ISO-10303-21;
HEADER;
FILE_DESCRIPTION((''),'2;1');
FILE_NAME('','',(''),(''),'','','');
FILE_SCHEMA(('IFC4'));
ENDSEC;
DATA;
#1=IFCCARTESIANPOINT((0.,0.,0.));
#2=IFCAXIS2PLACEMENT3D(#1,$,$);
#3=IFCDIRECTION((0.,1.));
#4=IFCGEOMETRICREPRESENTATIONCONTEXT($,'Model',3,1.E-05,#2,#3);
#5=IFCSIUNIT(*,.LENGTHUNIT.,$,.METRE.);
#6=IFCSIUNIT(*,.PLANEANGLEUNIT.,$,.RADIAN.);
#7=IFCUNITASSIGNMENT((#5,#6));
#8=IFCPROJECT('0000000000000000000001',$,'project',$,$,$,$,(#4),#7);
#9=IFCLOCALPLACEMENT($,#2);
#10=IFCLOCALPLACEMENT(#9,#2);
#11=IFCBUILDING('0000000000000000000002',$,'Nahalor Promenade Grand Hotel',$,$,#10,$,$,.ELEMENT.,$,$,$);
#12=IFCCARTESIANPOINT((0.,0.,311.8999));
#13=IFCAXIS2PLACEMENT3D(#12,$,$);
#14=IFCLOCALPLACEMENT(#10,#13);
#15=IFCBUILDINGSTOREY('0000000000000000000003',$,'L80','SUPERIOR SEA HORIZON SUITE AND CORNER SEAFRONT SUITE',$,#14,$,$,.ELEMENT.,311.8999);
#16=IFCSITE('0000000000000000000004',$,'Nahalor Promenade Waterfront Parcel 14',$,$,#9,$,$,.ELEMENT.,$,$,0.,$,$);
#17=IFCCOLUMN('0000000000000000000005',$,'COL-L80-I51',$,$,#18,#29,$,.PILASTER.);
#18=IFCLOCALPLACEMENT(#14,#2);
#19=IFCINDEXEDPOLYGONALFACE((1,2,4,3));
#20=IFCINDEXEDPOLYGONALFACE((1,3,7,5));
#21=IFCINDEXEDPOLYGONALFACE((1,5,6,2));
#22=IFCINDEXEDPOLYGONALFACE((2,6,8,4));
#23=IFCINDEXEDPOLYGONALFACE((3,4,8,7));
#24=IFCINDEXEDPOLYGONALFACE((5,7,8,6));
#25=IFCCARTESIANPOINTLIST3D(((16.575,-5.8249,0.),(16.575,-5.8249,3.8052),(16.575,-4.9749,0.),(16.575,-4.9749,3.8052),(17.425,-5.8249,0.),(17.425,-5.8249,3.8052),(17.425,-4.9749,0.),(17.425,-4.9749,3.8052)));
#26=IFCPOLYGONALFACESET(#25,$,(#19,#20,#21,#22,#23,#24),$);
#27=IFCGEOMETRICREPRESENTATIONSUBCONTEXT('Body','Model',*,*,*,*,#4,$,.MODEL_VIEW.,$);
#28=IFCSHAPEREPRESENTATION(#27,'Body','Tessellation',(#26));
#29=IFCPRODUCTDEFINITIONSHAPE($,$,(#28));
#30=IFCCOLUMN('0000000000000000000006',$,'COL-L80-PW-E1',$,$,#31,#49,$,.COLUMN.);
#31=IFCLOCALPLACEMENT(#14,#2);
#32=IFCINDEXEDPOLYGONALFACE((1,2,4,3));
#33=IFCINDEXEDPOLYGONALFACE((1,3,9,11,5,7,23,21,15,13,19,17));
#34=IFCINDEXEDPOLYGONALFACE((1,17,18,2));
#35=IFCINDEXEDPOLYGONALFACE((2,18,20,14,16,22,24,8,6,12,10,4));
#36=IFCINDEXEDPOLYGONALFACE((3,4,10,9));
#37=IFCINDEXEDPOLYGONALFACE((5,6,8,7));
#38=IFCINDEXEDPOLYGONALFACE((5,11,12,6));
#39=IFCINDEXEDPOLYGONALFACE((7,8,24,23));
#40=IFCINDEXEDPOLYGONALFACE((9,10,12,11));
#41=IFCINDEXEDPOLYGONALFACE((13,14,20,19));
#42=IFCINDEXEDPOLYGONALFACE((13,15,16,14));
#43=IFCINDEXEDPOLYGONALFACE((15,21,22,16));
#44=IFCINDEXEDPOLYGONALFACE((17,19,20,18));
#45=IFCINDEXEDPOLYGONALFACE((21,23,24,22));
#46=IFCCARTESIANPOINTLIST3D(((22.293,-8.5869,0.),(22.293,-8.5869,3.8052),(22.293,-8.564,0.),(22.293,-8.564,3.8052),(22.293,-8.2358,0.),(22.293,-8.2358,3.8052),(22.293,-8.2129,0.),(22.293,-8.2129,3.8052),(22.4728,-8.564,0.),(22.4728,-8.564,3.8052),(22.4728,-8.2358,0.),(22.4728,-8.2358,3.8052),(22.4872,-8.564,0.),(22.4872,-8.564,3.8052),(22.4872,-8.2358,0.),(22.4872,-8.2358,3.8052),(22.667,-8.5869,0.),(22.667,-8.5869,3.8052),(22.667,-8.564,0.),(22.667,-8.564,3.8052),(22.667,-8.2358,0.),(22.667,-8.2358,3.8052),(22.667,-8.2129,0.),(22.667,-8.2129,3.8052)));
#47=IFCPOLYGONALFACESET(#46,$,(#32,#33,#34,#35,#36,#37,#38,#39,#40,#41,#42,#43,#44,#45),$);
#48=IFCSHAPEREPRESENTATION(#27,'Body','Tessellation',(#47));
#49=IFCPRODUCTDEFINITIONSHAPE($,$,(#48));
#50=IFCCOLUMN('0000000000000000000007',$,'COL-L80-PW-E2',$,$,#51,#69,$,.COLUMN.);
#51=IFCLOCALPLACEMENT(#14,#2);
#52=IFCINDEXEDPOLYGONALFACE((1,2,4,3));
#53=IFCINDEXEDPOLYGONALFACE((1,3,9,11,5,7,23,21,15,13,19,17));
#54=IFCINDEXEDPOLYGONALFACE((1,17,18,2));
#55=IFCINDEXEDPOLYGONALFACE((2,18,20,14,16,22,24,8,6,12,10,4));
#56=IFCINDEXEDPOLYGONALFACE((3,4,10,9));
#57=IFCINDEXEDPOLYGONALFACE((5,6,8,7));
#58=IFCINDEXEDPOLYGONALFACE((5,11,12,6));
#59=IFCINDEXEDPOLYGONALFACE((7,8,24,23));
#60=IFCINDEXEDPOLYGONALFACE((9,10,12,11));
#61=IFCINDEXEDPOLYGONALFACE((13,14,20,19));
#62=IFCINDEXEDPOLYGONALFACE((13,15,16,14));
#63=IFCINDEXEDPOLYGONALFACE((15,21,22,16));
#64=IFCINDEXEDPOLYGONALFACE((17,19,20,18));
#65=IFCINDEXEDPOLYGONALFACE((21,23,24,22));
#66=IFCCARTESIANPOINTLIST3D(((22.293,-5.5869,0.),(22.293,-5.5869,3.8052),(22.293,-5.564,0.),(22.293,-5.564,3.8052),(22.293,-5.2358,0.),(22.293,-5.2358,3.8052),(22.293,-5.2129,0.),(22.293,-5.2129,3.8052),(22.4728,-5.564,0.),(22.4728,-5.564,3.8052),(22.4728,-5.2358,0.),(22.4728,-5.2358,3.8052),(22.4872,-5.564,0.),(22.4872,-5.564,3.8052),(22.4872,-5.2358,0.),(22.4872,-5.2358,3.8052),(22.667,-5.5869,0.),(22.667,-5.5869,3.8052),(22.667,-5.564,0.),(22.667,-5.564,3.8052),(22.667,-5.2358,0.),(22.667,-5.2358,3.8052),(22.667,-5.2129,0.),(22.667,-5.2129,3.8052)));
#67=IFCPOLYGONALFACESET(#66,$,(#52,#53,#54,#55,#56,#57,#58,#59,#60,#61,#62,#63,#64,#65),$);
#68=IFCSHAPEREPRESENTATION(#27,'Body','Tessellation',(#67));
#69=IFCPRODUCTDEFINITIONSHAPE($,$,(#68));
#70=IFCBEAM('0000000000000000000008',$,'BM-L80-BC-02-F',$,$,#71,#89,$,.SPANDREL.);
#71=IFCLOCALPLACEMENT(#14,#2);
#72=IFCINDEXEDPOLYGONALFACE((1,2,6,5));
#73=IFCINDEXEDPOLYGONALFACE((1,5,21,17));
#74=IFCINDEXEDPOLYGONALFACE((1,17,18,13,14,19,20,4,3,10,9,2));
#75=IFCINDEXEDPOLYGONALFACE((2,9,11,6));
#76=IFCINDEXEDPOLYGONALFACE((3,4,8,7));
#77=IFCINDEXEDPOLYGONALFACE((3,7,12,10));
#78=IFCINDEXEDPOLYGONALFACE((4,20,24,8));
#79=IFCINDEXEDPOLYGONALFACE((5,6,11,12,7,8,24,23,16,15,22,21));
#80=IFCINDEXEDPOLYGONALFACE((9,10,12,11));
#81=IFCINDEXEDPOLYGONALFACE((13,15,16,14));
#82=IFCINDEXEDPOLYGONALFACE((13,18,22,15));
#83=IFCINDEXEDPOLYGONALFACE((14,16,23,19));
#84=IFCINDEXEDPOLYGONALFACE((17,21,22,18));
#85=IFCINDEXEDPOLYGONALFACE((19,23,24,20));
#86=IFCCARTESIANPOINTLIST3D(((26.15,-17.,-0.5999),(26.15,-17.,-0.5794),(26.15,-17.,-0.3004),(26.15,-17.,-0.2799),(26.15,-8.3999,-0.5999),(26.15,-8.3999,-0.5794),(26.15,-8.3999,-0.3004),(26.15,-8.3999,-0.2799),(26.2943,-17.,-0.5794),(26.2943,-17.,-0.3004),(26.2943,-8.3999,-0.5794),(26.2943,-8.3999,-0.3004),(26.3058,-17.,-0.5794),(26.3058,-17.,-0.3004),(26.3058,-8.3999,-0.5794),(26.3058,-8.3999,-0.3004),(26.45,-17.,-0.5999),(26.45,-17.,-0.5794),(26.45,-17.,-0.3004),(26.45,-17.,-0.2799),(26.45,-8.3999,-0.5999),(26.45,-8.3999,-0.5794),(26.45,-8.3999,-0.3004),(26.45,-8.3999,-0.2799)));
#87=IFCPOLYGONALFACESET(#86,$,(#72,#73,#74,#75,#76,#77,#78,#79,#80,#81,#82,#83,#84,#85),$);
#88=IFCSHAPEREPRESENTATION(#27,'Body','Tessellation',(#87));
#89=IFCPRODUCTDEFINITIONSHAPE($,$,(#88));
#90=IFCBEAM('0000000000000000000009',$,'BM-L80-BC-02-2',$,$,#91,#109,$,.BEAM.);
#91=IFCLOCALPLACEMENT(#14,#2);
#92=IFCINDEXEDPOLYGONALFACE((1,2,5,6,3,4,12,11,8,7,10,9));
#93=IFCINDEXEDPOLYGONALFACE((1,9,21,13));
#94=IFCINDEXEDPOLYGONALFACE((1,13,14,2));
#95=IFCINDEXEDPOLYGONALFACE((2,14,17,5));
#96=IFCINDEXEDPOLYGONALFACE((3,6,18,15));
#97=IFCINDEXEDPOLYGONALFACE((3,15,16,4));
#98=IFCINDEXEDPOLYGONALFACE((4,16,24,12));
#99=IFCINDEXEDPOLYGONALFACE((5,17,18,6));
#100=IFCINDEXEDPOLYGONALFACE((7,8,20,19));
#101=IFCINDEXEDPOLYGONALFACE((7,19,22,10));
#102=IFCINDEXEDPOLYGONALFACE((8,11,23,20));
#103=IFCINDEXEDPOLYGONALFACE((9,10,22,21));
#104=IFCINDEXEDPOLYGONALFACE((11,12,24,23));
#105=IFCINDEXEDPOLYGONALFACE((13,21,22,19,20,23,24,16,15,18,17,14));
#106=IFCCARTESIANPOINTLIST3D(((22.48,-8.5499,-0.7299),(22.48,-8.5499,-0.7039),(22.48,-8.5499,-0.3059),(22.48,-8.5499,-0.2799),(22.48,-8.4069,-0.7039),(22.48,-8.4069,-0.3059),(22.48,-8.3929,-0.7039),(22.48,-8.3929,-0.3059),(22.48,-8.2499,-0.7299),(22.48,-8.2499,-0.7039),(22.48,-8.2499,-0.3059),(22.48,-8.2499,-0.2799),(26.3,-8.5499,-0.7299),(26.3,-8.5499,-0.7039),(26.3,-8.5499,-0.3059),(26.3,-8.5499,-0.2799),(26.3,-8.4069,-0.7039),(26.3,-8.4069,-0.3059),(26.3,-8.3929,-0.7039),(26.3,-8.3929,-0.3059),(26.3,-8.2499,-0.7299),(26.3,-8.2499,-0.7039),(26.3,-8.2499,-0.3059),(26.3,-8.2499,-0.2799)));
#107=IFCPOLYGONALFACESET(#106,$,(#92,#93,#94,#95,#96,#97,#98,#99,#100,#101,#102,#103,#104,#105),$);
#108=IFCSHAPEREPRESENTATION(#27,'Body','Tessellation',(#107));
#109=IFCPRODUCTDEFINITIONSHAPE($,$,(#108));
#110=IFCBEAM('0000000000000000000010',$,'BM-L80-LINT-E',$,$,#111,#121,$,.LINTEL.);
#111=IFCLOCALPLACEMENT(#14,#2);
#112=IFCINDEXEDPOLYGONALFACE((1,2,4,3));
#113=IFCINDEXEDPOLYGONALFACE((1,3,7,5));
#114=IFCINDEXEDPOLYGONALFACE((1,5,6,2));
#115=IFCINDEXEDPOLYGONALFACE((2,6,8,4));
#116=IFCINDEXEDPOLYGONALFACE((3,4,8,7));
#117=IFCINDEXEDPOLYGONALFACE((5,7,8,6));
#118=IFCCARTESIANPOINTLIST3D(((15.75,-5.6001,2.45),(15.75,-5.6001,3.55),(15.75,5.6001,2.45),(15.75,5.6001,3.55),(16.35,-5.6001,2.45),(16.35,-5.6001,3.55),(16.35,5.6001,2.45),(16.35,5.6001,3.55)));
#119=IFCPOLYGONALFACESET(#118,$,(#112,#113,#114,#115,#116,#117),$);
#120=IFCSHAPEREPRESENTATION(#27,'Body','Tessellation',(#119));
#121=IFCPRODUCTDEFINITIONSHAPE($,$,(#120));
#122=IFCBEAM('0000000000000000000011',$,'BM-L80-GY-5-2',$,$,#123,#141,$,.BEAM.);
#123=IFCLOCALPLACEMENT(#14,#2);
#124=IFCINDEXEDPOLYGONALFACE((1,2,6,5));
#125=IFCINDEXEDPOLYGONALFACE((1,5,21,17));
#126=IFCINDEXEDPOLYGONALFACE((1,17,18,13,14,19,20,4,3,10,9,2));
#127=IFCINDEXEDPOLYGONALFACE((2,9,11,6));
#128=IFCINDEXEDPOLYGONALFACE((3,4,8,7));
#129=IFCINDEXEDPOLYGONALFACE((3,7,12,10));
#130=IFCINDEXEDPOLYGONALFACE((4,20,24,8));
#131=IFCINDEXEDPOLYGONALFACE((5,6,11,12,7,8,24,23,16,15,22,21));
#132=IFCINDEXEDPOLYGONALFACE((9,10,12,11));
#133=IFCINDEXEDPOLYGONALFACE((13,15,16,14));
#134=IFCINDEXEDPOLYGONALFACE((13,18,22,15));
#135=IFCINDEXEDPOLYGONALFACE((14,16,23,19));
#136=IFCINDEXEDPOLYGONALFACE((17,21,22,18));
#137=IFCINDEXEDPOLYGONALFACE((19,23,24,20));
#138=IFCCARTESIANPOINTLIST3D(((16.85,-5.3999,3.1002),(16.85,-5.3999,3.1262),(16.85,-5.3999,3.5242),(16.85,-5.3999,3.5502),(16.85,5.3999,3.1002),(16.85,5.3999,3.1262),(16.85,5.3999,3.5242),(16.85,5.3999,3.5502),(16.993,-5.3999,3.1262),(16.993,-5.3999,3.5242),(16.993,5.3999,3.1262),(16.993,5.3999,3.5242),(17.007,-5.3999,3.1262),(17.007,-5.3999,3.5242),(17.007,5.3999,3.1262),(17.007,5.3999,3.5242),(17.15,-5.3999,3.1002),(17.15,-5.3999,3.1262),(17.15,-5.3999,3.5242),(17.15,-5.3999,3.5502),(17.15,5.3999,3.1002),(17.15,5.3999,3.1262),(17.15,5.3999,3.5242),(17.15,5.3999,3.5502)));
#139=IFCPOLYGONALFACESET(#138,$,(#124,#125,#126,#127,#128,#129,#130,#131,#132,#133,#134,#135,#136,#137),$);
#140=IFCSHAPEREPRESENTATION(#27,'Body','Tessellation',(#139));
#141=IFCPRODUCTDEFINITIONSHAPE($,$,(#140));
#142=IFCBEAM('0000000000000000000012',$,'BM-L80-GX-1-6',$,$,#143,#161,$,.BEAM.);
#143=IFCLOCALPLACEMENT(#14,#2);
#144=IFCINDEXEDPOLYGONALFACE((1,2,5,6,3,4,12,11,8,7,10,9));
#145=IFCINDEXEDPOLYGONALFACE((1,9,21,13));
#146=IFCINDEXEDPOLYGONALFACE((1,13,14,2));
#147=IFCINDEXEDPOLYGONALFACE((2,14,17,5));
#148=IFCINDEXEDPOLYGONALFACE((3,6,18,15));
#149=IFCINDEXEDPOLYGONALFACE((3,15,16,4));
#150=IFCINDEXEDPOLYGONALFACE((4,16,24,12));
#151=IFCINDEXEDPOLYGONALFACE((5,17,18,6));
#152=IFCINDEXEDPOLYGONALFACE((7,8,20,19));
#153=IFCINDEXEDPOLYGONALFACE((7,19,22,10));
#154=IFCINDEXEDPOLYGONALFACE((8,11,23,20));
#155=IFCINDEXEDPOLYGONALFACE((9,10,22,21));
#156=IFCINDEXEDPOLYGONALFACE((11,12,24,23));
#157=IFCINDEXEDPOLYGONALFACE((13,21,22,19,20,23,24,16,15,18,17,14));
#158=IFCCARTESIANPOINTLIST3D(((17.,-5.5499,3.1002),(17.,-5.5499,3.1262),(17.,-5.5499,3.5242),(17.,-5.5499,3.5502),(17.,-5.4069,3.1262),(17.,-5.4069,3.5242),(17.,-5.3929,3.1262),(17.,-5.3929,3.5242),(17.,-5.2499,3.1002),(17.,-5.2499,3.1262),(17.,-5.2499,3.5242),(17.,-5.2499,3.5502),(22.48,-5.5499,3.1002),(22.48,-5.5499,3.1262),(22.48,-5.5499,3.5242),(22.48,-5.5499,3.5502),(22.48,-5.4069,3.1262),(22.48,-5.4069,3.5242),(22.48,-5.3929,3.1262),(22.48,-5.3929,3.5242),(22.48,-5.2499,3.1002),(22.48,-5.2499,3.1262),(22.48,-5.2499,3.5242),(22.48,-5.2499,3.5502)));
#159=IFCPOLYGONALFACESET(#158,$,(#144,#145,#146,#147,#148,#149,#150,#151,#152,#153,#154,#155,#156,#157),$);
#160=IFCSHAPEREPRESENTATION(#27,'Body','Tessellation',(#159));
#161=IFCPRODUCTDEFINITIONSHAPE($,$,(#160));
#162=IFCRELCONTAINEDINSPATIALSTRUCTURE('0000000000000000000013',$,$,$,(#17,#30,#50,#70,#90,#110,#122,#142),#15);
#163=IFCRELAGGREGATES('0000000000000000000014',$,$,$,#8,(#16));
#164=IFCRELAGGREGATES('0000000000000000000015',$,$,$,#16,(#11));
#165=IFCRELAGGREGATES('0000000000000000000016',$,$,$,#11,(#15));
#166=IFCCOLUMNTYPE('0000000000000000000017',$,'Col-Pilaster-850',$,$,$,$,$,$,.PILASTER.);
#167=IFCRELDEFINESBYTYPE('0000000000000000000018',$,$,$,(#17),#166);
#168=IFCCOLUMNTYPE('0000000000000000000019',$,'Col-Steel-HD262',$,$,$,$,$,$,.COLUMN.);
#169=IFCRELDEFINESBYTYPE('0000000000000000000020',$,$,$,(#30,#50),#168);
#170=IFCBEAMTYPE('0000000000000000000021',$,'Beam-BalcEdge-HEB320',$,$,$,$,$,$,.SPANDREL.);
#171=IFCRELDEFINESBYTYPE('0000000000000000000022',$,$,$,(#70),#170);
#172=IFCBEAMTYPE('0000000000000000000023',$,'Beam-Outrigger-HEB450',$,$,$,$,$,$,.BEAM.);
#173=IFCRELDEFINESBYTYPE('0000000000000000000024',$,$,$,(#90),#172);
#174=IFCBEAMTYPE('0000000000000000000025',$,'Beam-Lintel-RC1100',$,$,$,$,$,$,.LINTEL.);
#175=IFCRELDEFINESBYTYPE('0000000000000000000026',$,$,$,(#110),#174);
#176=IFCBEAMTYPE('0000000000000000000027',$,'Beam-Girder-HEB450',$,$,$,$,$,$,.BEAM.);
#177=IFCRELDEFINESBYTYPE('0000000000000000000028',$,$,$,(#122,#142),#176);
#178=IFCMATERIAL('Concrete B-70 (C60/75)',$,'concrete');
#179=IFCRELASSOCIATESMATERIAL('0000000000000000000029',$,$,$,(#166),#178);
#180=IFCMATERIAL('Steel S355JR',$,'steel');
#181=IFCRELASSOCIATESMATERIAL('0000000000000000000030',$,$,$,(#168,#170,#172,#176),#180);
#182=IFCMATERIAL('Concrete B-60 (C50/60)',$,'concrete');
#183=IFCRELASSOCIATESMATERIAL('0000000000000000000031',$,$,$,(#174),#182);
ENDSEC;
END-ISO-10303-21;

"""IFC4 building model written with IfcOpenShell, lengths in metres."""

from ifc_helpers import new_model, si_unit, direction, frame, origin, origin_2d, place, context, subcontext, project, spatial, rectangle, i_section, extrude, source, transform, mapped, material, material_profile, profile_set, type_object, element, save


model = new_model("IFC4")

# Units and contexts
model_context = context("Model", 3, precision=1e-05, world=origin(), true_north=direction((0.0, 1.0)))
body_context = subcontext(model_context, "Body", "Model", "MODEL_VIEW")
ifc_project = project(units=[si_unit("LENGTHUNIT", "METRE"), si_unit("PLANEANGLEUNIT", "RADIAN")], contexts=[model_context])

# Site, building, storey
site_placement = place(None, origin())
site = spatial("IfcSite", under=ifc_project, at=site_placement, Name="Nahalor Promenade Waterfront Parcel 14", CompositionType="ELEMENT", RefElevation=0.0)
building_placement = place(site_placement, origin())
building = spatial("IfcBuilding", under=site, at=building_placement, Name="Nahalor Promenade Grand Hotel", CompositionType="ELEMENT")
storey_placement = place(building_placement, frame((0.0, 0.0, 311.8999)))
storey = spatial("IfcBuildingStorey", under=building, at=storey_placement, Name="L80", Description="SUPERIOR SEA HORIZON SUITE AND CORNER SEAFRONT SUITE", CompositionType="ELEMENT", Elevation=311.8999)

# Columns
ifc_material_1 = material(Name="Concrete B-70 (C60/75)", Category="concrete")
ifc_material_profile_1 = material_profile(ifc_material_1, rectangle(XDim=0.85, YDim=0.85, at=origin_2d()), Name="RC 850x850")
ifc_profile_set_1 = profile_set([ifc_material_profile_1], Name="Concrete B-70 (C60/75)")
column_type_1 = type_object("IfcColumnType", Name="Col-Pilaster-850", PredefinedType="PILASTER", material=ifc_profile_set_1)
shared_shape_1 = source(origin(), body_context, "Body", "SweptSolid", [
    extrude(rectangle(XDim=0.85, YDim=0.85, at=origin_2d()), origin(), (0.0, 0.0, 1.0), 3.8052),
])
column_placement = place(storey_placement, frame((17.0, -5.3999, 0.0), z_axis=(0.0, 0.0, 1.0), x_axis=(1.0, 0.0, 0.0)))
element("IfcColumn", 1, at=column_placement, inside=storey, type_object=column_type_1, Name="COL-L80-I51", PredefinedType="PILASTER", context=body_context, shape_type="MappedRepresentation", body=[
    mapped(shared_shape_1, transform((0.0, 0.0, 0.0), scale=1.0)),
])
ifc_material_2 = material(Name="Steel S355JR", Category="steel")
ifc_material_profile_2 = material_profile(ifc_material_2, i_section(OverallWidth=0.374, OverallDepth=0.374, WebThickness=0.0144, FlangeThickness=0.0229, at=origin_2d()), Name="HD 360x262")
ifc_profile_set_2 = profile_set([ifc_material_profile_2], Name="Steel S355JR")
column_type_2 = type_object("IfcColumnType", Name="Col-Steel-HD262", PredefinedType="COLUMN", material=ifc_profile_set_2)
shared_shape_2 = source(origin(), body_context, "Body", "SweptSolid", [
    extrude(i_section(OverallWidth=0.374, OverallDepth=0.374, WebThickness=0.0144, FlangeThickness=0.0229, at=origin_2d()), origin(), (0.0, 0.0, 1.0), 3.8052),
])
for number, where, z_axis, x_axis, name in (
    (2, (22.48, -8.3999, 0.0), (0.0, 0.0, 1.0), (1.0, 0.0, 0.0), "COL-L80-PW-E1"),
    (3, (22.48, -5.3999, 0.0), (0.0, 0.0, 1.0), (1.0, 0.0, 0.0), "COL-L80-PW-E2"),
):
    element("IfcColumn", number, at=place(storey_placement, frame(where, z_axis=z_axis, x_axis=x_axis)), inside=storey, type_object=column_type_2, Name=name, PredefinedType="COLUMN", context=body_context, shape_type="MappedRepresentation", body=[
        mapped(shared_shape_2, transform((0.0, 0.0, 0.0), scale=1.0)),
    ])

# Beams
ifc_material_profile_3 = material_profile(ifc_material_2, i_section(OverallWidth=0.3, OverallDepth=0.32, WebThickness=0.0115, FlangeThickness=0.0205, at=origin_2d()), Name="HEB 320")
ifc_profile_set_3 = profile_set([ifc_material_profile_3], Name="Steel S355JR")
beam_type_1 = type_object("IfcBeamType", Name="Beam-BalcEdge-HEB320", PredefinedType="SPANDREL", material=ifc_profile_set_3)
shared_shape_3 = source(origin(), body_context, "Body", "SweptSolid", [
    extrude(i_section(OverallWidth=0.3, OverallDepth=0.32, WebThickness=0.0115, FlangeThickness=0.0205, at=origin_2d()), origin(), (0.0, 0.0, 1.0), 8.6001),
])
beam_1_placement = place(storey_placement, frame((26.3, -17.0, -0.4399), z_axis=(0.0, 1.0, 0.0), x_axis=(-1.0, 0.0, 0.0)))
element("IfcBeam", 4, at=beam_1_placement, inside=storey, type_object=beam_type_1, Name="BM-L80-BC-02-F", PredefinedType="SPANDREL", context=body_context, shape_type="MappedRepresentation", body=[
    mapped(shared_shape_3, transform((0.0, 0.0, 0.0), scale=1.0)),
])
ifc_material_profile_4 = material_profile(ifc_material_2, i_section(OverallWidth=0.3, OverallDepth=0.45, WebThickness=0.014, FlangeThickness=0.026, at=origin_2d()), Name="HEB 450")
ifc_profile_set_4 = profile_set([ifc_material_profile_4], Name="Steel S355JR")
beam_type_2 = type_object("IfcBeamType", Name="Beam-Outrigger-HEB450", PredefinedType="BEAM", material=ifc_profile_set_4)
shared_shape_4 = source(origin(), body_context, "Body", "SweptSolid", [
    extrude(i_section(OverallWidth=0.3, OverallDepth=0.45, WebThickness=0.014, FlangeThickness=0.026, at=origin_2d()), origin(), (0.0, 0.0, 1.0), 3.8201),
])
beam_2_placement = place(storey_placement, frame((22.48, -8.3999, -0.5049), z_axis=(1.0, 0.0, 0.0), x_axis=(0.0, 1.0, 0.0)))
element("IfcBeam", 5, at=beam_2_placement, inside=storey, type_object=beam_type_2, Name="BM-L80-BC-02-2", PredefinedType="BEAM", context=body_context, shape_type="MappedRepresentation", body=[
    mapped(shared_shape_4, transform((0.0, 0.0, 0.0), scale=1.0)),
])
ifc_material_3 = material(Name="Concrete B-60 (C50/60)", Category="concrete")
ifc_material_profile_5 = material_profile(ifc_material_3, rectangle(XDim=0.6, YDim=1.1, at=origin_2d()), Name="RC 600x1100")
ifc_profile_set_5 = profile_set([ifc_material_profile_5], Name="Concrete B-60 (C50/60)")
beam_type_3 = type_object("IfcBeamType", Name="Beam-Lintel-RC1100", PredefinedType="LINTEL", material=ifc_profile_set_5)
shared_shape_5 = source(origin(), body_context, "Body", "SweptSolid", [
    extrude(rectangle(XDim=0.6, YDim=1.1, at=origin_2d()), origin(), (0.0, 0.0, 1.0), 11.2002),
])
beam_3_placement = place(storey_placement, frame((16.05, -5.6001, 3.0), z_axis=(0.0, 1.0, 0.0), x_axis=(-1.0, 0.0, 0.0)))
element("IfcBeam", 6, at=beam_3_placement, inside=storey, type_object=beam_type_3, Name="BM-L80-LINT-E", PredefinedType="LINTEL", context=body_context, shape_type="MappedRepresentation", body=[
    mapped(shared_shape_5, transform((0.0, 0.0, 0.0), scale=1.0)),
])
ifc_material_profile_6 = material_profile(ifc_material_2, i_section(OverallWidth=0.3, OverallDepth=0.45, WebThickness=0.014, FlangeThickness=0.026, at=origin_2d()), Name="HEB 450")
ifc_profile_set_6 = profile_set([ifc_material_profile_6], Name="Steel S355JR")
beam_type_4 = type_object("IfcBeamType", Name="Beam-Girder-HEB450", PredefinedType="BEAM", material=ifc_profile_set_6)
shared_shape_6 = source(origin(), body_context, "Body", "SweptSolid", [
    extrude(i_section(OverallWidth=0.3, OverallDepth=0.45, WebThickness=0.014, FlangeThickness=0.026, at=origin_2d()), origin(), (0.0, 0.0, 1.0), 10.7998),
])
beam_4_placement = place(storey_placement, frame((17.0, -5.3999, 3.3252), z_axis=(0.0, 1.0, 0.0), x_axis=(-1.0, 0.0, 0.0)))
element("IfcBeam", 7, at=beam_4_placement, inside=storey, type_object=beam_type_4, Name="BM-L80-GY-5-2", PredefinedType="BEAM", context=body_context, shape_type="MappedRepresentation", body=[
    mapped(shared_shape_6, transform((0.0, 0.0, 0.0), scale=1.0)),
])
shared_shape_7 = source(origin(), body_context, "Body", "SweptSolid", [
    extrude(i_section(OverallWidth=0.3, OverallDepth=0.45, WebThickness=0.014, FlangeThickness=0.026, at=origin_2d()), origin(), (0.0, 0.0, 1.0), 5.48),
])
beam_5_placement = place(storey_placement, frame((17.0, -5.3999, 3.3252), z_axis=(1.0, 0.0, 0.0), x_axis=(0.0, 1.0, 0.0)))
element("IfcBeam", 8, at=beam_5_placement, inside=storey, type_object=beam_type_4, Name="BM-L80-GX-1-6", PredefinedType="BEAM", context=body_context, shape_type="MappedRepresentation", body=[
    mapped(shared_shape_7, transform((0.0, 0.0, 0.0), scale=1.0)),
])

save(model, "model.ifc")
